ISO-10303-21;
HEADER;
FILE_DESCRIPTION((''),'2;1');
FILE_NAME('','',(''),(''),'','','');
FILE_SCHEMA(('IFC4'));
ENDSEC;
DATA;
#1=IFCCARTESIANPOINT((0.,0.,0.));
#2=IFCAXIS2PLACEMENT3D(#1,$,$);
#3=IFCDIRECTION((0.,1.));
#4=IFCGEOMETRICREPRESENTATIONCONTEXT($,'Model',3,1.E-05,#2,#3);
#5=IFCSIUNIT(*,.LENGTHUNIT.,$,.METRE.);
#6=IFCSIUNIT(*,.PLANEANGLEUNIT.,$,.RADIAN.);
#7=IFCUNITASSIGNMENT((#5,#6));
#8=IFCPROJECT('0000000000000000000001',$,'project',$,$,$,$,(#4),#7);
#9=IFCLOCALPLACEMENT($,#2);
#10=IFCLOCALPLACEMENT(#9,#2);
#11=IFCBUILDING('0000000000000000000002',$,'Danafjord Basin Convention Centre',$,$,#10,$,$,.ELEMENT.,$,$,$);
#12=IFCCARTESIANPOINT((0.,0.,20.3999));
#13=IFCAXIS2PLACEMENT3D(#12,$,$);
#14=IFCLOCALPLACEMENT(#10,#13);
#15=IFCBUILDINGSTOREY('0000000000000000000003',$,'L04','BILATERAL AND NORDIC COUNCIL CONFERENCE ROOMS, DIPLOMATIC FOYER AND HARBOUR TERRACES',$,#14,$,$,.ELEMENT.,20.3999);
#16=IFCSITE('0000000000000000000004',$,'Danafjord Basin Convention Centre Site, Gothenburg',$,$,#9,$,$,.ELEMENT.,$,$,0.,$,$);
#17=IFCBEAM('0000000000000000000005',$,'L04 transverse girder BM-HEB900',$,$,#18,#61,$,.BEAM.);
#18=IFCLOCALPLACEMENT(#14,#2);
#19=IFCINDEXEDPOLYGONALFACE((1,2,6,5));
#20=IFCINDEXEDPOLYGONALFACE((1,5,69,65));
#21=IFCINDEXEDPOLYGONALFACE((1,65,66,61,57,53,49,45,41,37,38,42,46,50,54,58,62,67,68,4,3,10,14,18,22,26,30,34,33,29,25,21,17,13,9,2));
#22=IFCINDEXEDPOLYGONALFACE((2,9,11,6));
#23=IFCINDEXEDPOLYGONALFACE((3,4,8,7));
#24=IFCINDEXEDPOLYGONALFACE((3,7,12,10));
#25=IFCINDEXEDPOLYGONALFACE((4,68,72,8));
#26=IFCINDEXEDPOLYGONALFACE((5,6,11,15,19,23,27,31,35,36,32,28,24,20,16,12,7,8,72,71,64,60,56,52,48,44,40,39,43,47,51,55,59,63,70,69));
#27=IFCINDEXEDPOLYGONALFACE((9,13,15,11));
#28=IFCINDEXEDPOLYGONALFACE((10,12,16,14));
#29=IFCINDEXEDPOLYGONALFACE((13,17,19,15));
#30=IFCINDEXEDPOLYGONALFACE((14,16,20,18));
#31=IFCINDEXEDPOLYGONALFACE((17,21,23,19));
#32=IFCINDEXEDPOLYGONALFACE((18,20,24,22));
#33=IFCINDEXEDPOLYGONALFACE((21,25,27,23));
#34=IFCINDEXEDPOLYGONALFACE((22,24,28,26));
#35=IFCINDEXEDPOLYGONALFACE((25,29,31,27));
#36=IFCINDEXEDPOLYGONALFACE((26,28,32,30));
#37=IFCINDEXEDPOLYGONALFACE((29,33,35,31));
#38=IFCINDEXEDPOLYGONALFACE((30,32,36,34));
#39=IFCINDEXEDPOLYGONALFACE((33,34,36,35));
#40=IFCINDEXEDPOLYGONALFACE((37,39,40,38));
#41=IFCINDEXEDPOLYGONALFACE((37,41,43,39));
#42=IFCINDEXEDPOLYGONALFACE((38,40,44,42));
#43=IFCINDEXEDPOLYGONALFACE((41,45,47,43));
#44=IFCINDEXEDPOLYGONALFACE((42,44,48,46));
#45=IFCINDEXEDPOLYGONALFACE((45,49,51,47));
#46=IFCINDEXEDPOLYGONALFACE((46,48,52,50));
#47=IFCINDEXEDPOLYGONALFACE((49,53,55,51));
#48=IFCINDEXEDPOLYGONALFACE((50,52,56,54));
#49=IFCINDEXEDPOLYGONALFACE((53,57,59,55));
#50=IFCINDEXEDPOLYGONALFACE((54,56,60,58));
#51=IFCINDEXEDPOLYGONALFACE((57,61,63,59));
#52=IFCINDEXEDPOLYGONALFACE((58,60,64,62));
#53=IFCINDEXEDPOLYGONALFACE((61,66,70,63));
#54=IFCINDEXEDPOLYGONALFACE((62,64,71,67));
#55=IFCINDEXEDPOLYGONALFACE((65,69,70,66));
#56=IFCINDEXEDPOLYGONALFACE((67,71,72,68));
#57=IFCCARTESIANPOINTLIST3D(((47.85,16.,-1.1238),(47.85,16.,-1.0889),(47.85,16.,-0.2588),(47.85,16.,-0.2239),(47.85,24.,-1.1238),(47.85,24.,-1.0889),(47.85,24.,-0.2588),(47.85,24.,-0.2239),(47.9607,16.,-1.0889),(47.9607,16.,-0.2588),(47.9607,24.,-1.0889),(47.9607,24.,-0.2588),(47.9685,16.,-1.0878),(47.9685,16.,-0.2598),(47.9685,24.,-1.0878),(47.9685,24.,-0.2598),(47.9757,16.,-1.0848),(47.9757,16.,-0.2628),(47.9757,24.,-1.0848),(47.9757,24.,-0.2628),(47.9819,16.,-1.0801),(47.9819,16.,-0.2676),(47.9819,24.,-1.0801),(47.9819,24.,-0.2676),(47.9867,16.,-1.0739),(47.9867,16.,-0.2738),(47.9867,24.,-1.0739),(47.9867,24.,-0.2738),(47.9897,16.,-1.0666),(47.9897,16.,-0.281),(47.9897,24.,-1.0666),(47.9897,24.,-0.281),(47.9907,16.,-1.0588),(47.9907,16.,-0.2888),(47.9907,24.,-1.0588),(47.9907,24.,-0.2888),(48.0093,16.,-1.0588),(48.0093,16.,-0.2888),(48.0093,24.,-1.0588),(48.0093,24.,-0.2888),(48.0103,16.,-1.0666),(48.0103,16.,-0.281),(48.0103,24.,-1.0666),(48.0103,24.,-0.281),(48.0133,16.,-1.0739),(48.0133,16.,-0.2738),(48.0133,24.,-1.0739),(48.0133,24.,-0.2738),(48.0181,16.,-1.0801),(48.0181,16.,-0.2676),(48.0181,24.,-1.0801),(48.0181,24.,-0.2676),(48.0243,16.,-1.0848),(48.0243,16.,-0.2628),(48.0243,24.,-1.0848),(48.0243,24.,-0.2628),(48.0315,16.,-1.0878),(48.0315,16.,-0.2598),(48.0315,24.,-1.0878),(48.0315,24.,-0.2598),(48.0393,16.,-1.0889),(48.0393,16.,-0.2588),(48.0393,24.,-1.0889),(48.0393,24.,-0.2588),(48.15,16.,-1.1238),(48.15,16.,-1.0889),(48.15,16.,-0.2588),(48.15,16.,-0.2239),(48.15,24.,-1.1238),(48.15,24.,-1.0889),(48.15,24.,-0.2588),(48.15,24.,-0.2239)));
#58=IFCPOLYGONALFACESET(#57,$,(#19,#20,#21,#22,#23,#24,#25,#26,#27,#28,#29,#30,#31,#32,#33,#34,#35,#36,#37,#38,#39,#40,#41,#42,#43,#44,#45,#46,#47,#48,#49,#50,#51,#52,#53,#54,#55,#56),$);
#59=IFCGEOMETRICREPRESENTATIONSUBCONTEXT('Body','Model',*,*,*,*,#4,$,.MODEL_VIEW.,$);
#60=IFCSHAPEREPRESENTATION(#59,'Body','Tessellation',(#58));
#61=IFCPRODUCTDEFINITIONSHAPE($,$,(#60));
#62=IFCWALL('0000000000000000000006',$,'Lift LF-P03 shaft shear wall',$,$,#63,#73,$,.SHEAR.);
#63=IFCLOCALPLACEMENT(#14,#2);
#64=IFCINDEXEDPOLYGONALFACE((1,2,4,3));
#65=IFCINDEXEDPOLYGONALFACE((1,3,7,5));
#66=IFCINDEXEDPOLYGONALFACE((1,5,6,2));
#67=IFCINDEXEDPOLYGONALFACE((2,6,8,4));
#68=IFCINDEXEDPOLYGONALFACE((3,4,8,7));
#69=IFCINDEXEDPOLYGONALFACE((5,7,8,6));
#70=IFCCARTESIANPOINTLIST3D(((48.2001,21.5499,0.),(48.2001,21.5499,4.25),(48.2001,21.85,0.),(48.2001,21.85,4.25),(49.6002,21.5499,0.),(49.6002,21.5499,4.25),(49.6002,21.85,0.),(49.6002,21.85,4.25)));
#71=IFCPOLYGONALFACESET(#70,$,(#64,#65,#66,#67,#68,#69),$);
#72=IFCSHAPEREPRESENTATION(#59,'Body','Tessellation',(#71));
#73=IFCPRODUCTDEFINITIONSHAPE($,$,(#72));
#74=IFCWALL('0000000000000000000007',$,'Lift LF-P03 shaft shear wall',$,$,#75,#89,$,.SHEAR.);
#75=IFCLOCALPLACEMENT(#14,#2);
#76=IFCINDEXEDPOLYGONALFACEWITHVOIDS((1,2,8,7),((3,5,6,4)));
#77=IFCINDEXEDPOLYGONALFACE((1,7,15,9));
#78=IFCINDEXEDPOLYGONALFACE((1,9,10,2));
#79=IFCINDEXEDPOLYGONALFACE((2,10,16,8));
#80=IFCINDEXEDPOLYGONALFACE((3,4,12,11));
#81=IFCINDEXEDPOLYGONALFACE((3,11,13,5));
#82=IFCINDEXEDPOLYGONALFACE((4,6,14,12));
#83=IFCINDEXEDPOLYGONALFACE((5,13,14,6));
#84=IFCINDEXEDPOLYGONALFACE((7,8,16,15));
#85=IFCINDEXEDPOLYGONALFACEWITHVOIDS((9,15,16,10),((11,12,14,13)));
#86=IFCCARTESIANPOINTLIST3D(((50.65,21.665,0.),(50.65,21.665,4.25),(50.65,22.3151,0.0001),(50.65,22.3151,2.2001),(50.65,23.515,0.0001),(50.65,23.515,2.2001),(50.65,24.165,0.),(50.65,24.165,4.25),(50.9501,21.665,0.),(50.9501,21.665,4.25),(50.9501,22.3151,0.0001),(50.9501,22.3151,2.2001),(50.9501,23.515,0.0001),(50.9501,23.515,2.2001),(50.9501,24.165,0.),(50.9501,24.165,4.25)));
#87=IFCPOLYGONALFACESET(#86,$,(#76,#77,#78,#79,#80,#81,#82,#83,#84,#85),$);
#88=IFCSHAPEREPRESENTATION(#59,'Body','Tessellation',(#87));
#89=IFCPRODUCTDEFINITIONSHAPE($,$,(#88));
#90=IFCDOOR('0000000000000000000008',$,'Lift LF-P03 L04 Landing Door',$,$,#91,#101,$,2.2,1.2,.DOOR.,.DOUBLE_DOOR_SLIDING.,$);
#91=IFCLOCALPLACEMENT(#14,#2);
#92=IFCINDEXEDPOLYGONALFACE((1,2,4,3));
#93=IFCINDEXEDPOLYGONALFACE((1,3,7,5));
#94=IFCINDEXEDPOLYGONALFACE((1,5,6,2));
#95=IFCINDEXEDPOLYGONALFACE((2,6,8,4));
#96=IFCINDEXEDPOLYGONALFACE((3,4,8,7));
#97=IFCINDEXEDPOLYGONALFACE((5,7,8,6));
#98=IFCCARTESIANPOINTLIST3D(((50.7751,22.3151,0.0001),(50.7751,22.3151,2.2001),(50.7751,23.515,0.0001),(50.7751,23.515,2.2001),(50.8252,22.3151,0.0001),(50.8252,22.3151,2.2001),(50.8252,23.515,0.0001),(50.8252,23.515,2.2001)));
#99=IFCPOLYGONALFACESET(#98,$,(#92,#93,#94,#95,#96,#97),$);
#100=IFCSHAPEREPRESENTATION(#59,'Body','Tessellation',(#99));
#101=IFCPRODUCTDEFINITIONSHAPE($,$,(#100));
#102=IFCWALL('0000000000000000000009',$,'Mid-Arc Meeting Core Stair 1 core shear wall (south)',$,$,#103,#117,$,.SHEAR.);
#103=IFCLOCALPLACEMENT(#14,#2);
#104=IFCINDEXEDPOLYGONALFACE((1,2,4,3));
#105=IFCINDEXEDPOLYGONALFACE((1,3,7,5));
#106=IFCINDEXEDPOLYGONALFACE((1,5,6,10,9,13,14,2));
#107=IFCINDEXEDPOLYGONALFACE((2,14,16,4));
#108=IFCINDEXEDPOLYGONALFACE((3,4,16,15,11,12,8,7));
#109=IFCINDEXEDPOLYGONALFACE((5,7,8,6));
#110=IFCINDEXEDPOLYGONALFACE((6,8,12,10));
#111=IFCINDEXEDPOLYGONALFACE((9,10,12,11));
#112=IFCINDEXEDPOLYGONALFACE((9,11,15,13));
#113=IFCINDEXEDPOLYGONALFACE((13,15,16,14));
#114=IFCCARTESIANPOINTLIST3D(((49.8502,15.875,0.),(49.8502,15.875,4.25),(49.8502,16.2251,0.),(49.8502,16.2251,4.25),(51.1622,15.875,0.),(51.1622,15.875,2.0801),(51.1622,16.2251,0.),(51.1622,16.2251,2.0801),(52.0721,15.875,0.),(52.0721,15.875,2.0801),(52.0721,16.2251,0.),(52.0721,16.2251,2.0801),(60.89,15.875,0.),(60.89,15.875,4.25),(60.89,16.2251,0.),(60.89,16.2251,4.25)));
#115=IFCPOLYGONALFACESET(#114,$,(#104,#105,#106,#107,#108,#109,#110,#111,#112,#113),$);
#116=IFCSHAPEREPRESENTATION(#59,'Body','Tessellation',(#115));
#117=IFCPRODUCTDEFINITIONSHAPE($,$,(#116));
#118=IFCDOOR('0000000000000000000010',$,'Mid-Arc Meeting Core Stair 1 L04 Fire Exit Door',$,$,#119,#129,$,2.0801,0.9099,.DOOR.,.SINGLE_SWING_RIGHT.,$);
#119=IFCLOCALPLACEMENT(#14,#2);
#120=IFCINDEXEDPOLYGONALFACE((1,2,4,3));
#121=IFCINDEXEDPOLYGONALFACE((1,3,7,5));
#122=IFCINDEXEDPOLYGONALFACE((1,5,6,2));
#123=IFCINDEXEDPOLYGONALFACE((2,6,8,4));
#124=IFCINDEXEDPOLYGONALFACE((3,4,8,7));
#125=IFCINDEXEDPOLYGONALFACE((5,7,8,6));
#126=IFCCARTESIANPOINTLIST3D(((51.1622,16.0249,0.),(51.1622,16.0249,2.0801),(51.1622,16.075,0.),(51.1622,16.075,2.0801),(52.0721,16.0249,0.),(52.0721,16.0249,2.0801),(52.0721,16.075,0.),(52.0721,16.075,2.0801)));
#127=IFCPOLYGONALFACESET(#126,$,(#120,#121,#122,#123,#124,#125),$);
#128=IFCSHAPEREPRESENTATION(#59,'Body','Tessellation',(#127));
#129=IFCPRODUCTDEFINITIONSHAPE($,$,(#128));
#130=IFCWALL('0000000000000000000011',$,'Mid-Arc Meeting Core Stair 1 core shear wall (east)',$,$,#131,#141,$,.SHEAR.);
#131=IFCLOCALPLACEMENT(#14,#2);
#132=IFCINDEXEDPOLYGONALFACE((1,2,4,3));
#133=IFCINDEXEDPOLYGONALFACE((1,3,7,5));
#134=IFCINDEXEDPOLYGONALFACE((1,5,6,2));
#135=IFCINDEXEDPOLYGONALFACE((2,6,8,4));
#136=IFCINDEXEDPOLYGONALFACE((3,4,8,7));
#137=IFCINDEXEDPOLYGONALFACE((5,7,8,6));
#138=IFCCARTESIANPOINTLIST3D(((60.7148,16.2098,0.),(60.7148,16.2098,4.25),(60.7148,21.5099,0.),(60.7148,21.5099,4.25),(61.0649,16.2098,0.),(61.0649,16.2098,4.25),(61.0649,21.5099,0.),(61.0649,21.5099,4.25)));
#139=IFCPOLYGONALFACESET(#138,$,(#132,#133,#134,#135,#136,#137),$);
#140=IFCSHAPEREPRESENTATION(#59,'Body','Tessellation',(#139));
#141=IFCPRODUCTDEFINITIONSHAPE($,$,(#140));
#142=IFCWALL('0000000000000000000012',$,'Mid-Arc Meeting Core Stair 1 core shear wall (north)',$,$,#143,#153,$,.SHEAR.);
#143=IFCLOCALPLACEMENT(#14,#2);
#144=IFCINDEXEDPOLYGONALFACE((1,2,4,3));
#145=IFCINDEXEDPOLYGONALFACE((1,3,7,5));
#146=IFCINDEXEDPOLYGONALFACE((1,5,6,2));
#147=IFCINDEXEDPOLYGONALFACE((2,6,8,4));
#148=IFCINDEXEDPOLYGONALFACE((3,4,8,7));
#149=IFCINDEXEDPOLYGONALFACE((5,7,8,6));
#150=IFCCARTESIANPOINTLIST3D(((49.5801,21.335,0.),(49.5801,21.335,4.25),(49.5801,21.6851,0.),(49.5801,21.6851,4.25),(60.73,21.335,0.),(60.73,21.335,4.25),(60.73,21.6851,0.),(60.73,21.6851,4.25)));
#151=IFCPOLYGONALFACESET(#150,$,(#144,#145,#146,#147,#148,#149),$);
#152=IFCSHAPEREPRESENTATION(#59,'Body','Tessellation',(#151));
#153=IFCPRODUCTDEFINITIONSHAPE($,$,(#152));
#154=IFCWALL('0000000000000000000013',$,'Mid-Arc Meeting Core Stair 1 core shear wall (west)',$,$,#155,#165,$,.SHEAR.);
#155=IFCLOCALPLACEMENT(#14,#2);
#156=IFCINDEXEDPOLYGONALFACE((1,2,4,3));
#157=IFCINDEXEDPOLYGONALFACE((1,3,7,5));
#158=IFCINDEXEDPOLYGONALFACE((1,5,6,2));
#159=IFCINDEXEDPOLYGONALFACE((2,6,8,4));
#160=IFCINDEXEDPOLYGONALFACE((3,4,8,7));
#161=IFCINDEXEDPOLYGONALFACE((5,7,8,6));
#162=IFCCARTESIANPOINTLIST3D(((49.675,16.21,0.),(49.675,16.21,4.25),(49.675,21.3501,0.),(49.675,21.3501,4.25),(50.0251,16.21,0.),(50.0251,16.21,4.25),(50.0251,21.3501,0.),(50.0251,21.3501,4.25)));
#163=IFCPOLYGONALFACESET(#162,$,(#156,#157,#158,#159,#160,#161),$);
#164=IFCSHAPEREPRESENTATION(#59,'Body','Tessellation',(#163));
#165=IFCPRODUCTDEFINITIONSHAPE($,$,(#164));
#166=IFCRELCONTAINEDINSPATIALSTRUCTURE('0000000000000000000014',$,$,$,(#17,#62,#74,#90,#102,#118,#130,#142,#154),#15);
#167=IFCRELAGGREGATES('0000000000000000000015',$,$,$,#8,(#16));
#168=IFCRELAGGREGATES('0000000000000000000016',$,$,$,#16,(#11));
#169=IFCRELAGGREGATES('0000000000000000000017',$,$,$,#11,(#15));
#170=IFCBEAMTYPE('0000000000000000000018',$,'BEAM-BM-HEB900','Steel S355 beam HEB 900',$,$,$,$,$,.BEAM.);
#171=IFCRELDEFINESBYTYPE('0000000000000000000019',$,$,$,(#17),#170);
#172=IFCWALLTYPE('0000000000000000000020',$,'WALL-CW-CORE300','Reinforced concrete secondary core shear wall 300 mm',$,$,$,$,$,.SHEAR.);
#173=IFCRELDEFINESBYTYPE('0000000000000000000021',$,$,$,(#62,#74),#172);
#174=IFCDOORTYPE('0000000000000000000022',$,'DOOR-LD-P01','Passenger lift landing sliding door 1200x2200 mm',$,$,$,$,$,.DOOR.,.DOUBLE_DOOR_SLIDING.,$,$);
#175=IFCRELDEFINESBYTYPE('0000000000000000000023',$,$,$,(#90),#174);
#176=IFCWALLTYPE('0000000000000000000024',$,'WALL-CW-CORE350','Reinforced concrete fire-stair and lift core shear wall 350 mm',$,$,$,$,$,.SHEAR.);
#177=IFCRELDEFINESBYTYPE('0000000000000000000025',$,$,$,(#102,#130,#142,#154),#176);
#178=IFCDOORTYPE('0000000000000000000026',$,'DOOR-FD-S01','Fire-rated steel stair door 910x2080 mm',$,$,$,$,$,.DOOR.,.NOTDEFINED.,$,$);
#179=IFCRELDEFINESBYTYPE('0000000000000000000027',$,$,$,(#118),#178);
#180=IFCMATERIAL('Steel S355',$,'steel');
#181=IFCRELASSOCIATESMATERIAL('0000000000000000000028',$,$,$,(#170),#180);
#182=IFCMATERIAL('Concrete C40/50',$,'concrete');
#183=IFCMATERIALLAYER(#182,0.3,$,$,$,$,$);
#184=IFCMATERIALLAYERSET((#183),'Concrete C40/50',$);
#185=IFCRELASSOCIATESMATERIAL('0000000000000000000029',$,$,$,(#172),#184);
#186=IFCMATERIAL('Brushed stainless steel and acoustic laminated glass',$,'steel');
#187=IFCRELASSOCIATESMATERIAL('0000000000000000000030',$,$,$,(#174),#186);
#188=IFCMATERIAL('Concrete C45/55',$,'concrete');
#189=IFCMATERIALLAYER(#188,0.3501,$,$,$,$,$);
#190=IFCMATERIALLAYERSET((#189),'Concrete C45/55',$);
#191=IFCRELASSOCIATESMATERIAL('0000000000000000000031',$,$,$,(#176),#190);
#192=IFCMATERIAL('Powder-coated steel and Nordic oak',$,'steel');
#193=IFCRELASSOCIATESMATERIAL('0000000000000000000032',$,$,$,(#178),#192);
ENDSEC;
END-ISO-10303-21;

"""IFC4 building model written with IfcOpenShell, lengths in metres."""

from ifc_helpers import new_model, si_unit, direction, frame, frame_2d, origin, origin_2d, place, context, subcontext, project, spatial, rectangle, i_section, extrude, material, layer, layer_set, material_profile, profile_set, type_object, element, fill, save


model = new_model("IFC4")

# Units and contexts
model_context = context("Model", 3, precision=1e-05, world=origin(), true_north=direction((0.0, 1.0)))
body_context = subcontext(model_context, "Body", "Model", "MODEL_VIEW")
ifc_project = project(units=[si_unit("LENGTHUNIT", "METRE"), si_unit("PLANEANGLEUNIT", "RADIAN")], contexts=[model_context])

# Site, building, storey
site_placement = place(None, origin())
site = spatial("IfcSite", under=ifc_project, at=site_placement, Name="Danafjord Basin Convention Centre Site, Gothenburg", CompositionType="ELEMENT", RefElevation=0.0)
building_placement = place(site_placement, origin())
building = spatial("IfcBuilding", under=site, at=building_placement, Name="Danafjord Basin Convention Centre", CompositionType="ELEMENT")
storey_placement = place(building_placement, frame((0.0, 0.0, 20.3999)))
storey = spatial("IfcBuildingStorey", under=building, at=storey_placement, Name="L04", Description="BILATERAL AND NORDIC COUNCIL CONFERENCE ROOMS, DIPLOMATIC FOYER AND HARBOUR TERRACES", CompositionType="ELEMENT", Elevation=20.3999)

# Shared definitions
ifc_material_1 = material(Name="Steel S355", Category="steel")

# Beam
ifc_material_profile_1 = material_profile(ifc_material_1, i_section(OverallWidth=0.3, OverallDepth=0.8999, WebThickness=0.0186, FlangeThickness=0.0349, FilletRadius=0.03, at=origin_2d()), Name="HEB 900")
ifc_profile_set_1 = profile_set([ifc_material_profile_1], Name="Steel S355")
beam_type_1 = type_object("IfcBeamType", Name="BEAM-BM-HEB900", Description="Steel S355 beam HEB 900", PredefinedType="BEAM", material=ifc_profile_set_1)
beam_1_placement = place(storey_placement, frame((48.0, 16.0, -0.6738), z_axis=(0.0, 1.0, 0.0), x_axis=(-1.0, 0.0, 0.0)))
element("IfcBeam", 1, at=beam_1_placement, inside=storey, type_object=beam_type_1, Name="L04 transverse girder BM-HEB900", PredefinedType="BEAM", context=body_context, shape_type="SweptSolid", body=[
    extrude(i_section(OverallWidth=0.3, OverallDepth=0.8999, WebThickness=0.0186, FlangeThickness=0.0349, FilletRadius=0.03, at=origin_2d()), origin(), (0.0, 0.0, 1.0), 8.0),
])

# Wall
ifc_material_2 = material(Name="Concrete C40/50", Category="concrete")
ifc_layer_1 = layer(ifc_material_2, 0.3)
ifc_layer_set_1 = layer_set([ifc_layer_1], Name="Concrete C40/50")
wall_type_1 = type_object("IfcWallType", Name="WALL-CW-CORE300", Description="Reinforced concrete secondary core shear wall 300 mm", PredefinedType="SHEAR", material=ifc_layer_set_1)
wall_1_placement = place(storey_placement, frame((48.2, 21.7, 0.0), z_axis=(0.0, 0.0, 1.0), x_axis=(1.0, 0.0, 0.0)))
element("IfcWall", 2, at=wall_1_placement, inside=storey, type_object=wall_type_1, Name="Lift LF-P03 shaft shear wall", PredefinedType="SHEAR", context=body_context, shape_type="SweptSolid", body=[
    extrude(rectangle(XDim=1.4001, YDim=0.3, at=frame_2d((0.7002, 0.0))), origin(), (0.0, 0.0, 1.0), 4.25),
])

# Walls, openings, doors
wall_2_placement = place(storey_placement, frame((50.8, 21.665, 0.0), z_axis=(0.0, 0.0, 1.0), x_axis=(0.0, 1.0, 0.0)))
wall_2 = element("IfcWall", 3, at=wall_2_placement, inside=storey, type_object=wall_type_1, Name="Lift LF-P03 shaft shear wall", PredefinedType="SHEAR", context=body_context, shape_type="SweptSolid", body=[
    extrude(rectangle(XDim=2.5, YDim=0.3, at=frame_2d((1.25, 0.0))), origin(), (0.0, 0.0, 1.0), 4.25),
])
opening_1_placement = place(wall_2_placement, frame((0.6499, 0.0, 0.0)))
opening_1 = element("IfcOpeningElement", 4, at=opening_1_placement, cuts=wall_2, PredefinedType="OPENING", context=body_context, shape_type="SweptSolid", body=[
    extrude(rectangle(XDim=1.2, YDim=2.2, at=frame_2d((0.6001, 1.1001))), frame((0.0, 0.1599, 0.0), z_axis=(0.0, -1.0, 0.0), x_axis=(1.0, 0.0, 0.0)), (0.0, 0.0, 1.0), 0.3201),
])
ifc_material_3 = material(Name="Brushed stainless steel and acoustic laminated glass", Category="steel")
door_type_1 = type_object("IfcDoorType", Name="DOOR-LD-P01", Description="Passenger lift landing sliding door 1200x2200 mm", OperationType="DOUBLE_DOOR_SLIDING", PredefinedType="DOOR", material=ifc_material_3)
door_1_placement = place(opening_1_placement, origin())
door_1 = element("IfcDoor", 5, at=door_1_placement, inside=storey, type_object=door_type_1, Name="Lift LF-P03 L04 Landing Door", OperationType="DOUBLE_DOOR_SLIDING", OverallHeight=2.2, OverallWidth=1.2, PredefinedType="DOOR", context=body_context, shape_type="SweptSolid", body=[
    extrude(rectangle(XDim=1.2, YDim=2.2, at=frame_2d((0.6001, 1.1001))), frame((0.0, 0.0249, 0.0), z_axis=(0.0, -1.0, 0.0), x_axis=(1.0, 0.0, 0.0)), (0.0, 0.0, 1.0), 0.05),
])
fill(opening_1, door_1)
ifc_material_4 = material(Name="Concrete C45/55", Category="concrete")
ifc_layer_2 = layer(ifc_material_4, 0.3501)
ifc_layer_set_2 = layer_set([ifc_layer_2], Name="Concrete C45/55")
wall_type_2 = type_object("IfcWallType", Name="WALL-CW-CORE350", Description="Reinforced concrete fire-stair and lift core shear wall 350 mm", PredefinedType="SHEAR", material=ifc_layer_set_2)
wall_3_placement = place(storey_placement, frame((49.8501, 16.05, 0.0), z_axis=(0.0, 0.0, 1.0), x_axis=(1.0, 0.0, 0.0)))
wall_3 = element("IfcWall", 6, at=wall_3_placement, inside=storey, type_object=wall_type_2, Name="Mid-Arc Meeting Core Stair 1 core shear wall (south)", PredefinedType="SHEAR", context=body_context, shape_type="SweptSolid", body=[
    extrude(rectangle(XDim=11.0398, YDim=0.3501, at=frame_2d((5.52, 0.0))), origin(), (0.0, 0.0, 1.0), 4.25),
])
opening_2_placement = place(wall_3_placement, frame((1.312, 0.0, 0.0)))
opening_2 = element("IfcOpeningElement", 7, at=opening_2_placement, cuts=wall_3, PredefinedType="OPENING", context=body_context, shape_type="SweptSolid", body=[
    extrude(rectangle(XDim=0.9099, YDim=2.0801, at=frame_2d((0.4551, 1.04))), frame((0.0, 0.1851, 0.0), z_axis=(0.0, -1.0, 0.0), x_axis=(1.0, 0.0, 0.0)), (0.0, 0.0, 1.0), 0.3701),
])
ifc_material_5 = material(Name="Powder-coated steel and Nordic oak", Category="steel")
door_type_2 = type_object("IfcDoorType", Name="DOOR-FD-S01", Description="Fire-rated steel stair door 910x2080 mm", OperationType="NOTDEFINED", PredefinedType="DOOR", material=ifc_material_5)
door_2_placement = place(opening_2_placement, origin())
door_2 = element("IfcDoor", 8, at=door_2_placement, inside=storey, type_object=door_type_2, Name="Mid-Arc Meeting Core Stair 1 L04 Fire Exit Door", OperationType="SINGLE_SWING_RIGHT", OverallHeight=2.0801, OverallWidth=0.9099, PredefinedType="DOOR", context=body_context, shape_type="SweptSolid", body=[
    extrude(rectangle(XDim=0.9099, YDim=2.0801, at=frame_2d((0.4551, 1.04))), frame((0.0, 0.0249, 0.0), z_axis=(0.0, -1.0, 0.0), x_axis=(1.0, 0.0, 0.0)), (0.0, 0.0, 1.0), 0.05),
])
fill(opening_2, door_2)

# Walls
wall_4_placement = place(storey_placement, frame((60.8899, 16.21, 0.0), z_axis=(0.0, 0.0, 1.0), x_axis=(0.0, 1.0, 0.0)))
element("IfcWall", 9, at=wall_4_placement, inside=storey, type_object=wall_type_2, Name="Mid-Arc Meeting Core Stair 1 core shear wall (east)", PredefinedType="SHEAR", context=body_context, shape_type="SweptSolid", body=[
    extrude(rectangle(XDim=5.3, YDim=0.3501, at=frame_2d((2.6499, 0.0))), origin(), (0.0, 0.0, 1.0), 4.25),
])
wall_5_placement = place(storey_placement, frame((60.73, 21.51, 0.0), z_axis=(0.0, 0.0, 1.0), x_axis=(-1.0, 0.0, 0.0)))
element("IfcWall", 10, at=wall_5_placement, inside=storey, type_object=wall_type_2, Name="Mid-Arc Meeting Core Stair 1 core shear wall (north)", PredefinedType="SHEAR", context=body_context, shape_type="SweptSolid", body=[
    extrude(rectangle(XDim=11.1499, YDim=0.3501, at=frame_2d((5.575, 0.0))), origin(), (0.0, 0.0, 1.0), 4.25),
])
wall_6_placement = place(storey_placement, frame((49.8501, 21.3501, 0.0), z_axis=(0.0, 0.0, 1.0), x_axis=(0.0, -1.0, 0.0)))
element("IfcWall", 11, at=wall_6_placement, inside=storey, type_object=wall_type_2, Name="Mid-Arc Meeting Core Stair 1 core shear wall (west)", PredefinedType="SHEAR", context=body_context, shape_type="SweptSolid", body=[
    extrude(rectangle(XDim=5.1401, YDim=0.3501, at=frame_2d((2.5701, 0.0))), origin(), (0.0, 0.0, 1.0), 4.25),
])

save(model, "model.ifc")
